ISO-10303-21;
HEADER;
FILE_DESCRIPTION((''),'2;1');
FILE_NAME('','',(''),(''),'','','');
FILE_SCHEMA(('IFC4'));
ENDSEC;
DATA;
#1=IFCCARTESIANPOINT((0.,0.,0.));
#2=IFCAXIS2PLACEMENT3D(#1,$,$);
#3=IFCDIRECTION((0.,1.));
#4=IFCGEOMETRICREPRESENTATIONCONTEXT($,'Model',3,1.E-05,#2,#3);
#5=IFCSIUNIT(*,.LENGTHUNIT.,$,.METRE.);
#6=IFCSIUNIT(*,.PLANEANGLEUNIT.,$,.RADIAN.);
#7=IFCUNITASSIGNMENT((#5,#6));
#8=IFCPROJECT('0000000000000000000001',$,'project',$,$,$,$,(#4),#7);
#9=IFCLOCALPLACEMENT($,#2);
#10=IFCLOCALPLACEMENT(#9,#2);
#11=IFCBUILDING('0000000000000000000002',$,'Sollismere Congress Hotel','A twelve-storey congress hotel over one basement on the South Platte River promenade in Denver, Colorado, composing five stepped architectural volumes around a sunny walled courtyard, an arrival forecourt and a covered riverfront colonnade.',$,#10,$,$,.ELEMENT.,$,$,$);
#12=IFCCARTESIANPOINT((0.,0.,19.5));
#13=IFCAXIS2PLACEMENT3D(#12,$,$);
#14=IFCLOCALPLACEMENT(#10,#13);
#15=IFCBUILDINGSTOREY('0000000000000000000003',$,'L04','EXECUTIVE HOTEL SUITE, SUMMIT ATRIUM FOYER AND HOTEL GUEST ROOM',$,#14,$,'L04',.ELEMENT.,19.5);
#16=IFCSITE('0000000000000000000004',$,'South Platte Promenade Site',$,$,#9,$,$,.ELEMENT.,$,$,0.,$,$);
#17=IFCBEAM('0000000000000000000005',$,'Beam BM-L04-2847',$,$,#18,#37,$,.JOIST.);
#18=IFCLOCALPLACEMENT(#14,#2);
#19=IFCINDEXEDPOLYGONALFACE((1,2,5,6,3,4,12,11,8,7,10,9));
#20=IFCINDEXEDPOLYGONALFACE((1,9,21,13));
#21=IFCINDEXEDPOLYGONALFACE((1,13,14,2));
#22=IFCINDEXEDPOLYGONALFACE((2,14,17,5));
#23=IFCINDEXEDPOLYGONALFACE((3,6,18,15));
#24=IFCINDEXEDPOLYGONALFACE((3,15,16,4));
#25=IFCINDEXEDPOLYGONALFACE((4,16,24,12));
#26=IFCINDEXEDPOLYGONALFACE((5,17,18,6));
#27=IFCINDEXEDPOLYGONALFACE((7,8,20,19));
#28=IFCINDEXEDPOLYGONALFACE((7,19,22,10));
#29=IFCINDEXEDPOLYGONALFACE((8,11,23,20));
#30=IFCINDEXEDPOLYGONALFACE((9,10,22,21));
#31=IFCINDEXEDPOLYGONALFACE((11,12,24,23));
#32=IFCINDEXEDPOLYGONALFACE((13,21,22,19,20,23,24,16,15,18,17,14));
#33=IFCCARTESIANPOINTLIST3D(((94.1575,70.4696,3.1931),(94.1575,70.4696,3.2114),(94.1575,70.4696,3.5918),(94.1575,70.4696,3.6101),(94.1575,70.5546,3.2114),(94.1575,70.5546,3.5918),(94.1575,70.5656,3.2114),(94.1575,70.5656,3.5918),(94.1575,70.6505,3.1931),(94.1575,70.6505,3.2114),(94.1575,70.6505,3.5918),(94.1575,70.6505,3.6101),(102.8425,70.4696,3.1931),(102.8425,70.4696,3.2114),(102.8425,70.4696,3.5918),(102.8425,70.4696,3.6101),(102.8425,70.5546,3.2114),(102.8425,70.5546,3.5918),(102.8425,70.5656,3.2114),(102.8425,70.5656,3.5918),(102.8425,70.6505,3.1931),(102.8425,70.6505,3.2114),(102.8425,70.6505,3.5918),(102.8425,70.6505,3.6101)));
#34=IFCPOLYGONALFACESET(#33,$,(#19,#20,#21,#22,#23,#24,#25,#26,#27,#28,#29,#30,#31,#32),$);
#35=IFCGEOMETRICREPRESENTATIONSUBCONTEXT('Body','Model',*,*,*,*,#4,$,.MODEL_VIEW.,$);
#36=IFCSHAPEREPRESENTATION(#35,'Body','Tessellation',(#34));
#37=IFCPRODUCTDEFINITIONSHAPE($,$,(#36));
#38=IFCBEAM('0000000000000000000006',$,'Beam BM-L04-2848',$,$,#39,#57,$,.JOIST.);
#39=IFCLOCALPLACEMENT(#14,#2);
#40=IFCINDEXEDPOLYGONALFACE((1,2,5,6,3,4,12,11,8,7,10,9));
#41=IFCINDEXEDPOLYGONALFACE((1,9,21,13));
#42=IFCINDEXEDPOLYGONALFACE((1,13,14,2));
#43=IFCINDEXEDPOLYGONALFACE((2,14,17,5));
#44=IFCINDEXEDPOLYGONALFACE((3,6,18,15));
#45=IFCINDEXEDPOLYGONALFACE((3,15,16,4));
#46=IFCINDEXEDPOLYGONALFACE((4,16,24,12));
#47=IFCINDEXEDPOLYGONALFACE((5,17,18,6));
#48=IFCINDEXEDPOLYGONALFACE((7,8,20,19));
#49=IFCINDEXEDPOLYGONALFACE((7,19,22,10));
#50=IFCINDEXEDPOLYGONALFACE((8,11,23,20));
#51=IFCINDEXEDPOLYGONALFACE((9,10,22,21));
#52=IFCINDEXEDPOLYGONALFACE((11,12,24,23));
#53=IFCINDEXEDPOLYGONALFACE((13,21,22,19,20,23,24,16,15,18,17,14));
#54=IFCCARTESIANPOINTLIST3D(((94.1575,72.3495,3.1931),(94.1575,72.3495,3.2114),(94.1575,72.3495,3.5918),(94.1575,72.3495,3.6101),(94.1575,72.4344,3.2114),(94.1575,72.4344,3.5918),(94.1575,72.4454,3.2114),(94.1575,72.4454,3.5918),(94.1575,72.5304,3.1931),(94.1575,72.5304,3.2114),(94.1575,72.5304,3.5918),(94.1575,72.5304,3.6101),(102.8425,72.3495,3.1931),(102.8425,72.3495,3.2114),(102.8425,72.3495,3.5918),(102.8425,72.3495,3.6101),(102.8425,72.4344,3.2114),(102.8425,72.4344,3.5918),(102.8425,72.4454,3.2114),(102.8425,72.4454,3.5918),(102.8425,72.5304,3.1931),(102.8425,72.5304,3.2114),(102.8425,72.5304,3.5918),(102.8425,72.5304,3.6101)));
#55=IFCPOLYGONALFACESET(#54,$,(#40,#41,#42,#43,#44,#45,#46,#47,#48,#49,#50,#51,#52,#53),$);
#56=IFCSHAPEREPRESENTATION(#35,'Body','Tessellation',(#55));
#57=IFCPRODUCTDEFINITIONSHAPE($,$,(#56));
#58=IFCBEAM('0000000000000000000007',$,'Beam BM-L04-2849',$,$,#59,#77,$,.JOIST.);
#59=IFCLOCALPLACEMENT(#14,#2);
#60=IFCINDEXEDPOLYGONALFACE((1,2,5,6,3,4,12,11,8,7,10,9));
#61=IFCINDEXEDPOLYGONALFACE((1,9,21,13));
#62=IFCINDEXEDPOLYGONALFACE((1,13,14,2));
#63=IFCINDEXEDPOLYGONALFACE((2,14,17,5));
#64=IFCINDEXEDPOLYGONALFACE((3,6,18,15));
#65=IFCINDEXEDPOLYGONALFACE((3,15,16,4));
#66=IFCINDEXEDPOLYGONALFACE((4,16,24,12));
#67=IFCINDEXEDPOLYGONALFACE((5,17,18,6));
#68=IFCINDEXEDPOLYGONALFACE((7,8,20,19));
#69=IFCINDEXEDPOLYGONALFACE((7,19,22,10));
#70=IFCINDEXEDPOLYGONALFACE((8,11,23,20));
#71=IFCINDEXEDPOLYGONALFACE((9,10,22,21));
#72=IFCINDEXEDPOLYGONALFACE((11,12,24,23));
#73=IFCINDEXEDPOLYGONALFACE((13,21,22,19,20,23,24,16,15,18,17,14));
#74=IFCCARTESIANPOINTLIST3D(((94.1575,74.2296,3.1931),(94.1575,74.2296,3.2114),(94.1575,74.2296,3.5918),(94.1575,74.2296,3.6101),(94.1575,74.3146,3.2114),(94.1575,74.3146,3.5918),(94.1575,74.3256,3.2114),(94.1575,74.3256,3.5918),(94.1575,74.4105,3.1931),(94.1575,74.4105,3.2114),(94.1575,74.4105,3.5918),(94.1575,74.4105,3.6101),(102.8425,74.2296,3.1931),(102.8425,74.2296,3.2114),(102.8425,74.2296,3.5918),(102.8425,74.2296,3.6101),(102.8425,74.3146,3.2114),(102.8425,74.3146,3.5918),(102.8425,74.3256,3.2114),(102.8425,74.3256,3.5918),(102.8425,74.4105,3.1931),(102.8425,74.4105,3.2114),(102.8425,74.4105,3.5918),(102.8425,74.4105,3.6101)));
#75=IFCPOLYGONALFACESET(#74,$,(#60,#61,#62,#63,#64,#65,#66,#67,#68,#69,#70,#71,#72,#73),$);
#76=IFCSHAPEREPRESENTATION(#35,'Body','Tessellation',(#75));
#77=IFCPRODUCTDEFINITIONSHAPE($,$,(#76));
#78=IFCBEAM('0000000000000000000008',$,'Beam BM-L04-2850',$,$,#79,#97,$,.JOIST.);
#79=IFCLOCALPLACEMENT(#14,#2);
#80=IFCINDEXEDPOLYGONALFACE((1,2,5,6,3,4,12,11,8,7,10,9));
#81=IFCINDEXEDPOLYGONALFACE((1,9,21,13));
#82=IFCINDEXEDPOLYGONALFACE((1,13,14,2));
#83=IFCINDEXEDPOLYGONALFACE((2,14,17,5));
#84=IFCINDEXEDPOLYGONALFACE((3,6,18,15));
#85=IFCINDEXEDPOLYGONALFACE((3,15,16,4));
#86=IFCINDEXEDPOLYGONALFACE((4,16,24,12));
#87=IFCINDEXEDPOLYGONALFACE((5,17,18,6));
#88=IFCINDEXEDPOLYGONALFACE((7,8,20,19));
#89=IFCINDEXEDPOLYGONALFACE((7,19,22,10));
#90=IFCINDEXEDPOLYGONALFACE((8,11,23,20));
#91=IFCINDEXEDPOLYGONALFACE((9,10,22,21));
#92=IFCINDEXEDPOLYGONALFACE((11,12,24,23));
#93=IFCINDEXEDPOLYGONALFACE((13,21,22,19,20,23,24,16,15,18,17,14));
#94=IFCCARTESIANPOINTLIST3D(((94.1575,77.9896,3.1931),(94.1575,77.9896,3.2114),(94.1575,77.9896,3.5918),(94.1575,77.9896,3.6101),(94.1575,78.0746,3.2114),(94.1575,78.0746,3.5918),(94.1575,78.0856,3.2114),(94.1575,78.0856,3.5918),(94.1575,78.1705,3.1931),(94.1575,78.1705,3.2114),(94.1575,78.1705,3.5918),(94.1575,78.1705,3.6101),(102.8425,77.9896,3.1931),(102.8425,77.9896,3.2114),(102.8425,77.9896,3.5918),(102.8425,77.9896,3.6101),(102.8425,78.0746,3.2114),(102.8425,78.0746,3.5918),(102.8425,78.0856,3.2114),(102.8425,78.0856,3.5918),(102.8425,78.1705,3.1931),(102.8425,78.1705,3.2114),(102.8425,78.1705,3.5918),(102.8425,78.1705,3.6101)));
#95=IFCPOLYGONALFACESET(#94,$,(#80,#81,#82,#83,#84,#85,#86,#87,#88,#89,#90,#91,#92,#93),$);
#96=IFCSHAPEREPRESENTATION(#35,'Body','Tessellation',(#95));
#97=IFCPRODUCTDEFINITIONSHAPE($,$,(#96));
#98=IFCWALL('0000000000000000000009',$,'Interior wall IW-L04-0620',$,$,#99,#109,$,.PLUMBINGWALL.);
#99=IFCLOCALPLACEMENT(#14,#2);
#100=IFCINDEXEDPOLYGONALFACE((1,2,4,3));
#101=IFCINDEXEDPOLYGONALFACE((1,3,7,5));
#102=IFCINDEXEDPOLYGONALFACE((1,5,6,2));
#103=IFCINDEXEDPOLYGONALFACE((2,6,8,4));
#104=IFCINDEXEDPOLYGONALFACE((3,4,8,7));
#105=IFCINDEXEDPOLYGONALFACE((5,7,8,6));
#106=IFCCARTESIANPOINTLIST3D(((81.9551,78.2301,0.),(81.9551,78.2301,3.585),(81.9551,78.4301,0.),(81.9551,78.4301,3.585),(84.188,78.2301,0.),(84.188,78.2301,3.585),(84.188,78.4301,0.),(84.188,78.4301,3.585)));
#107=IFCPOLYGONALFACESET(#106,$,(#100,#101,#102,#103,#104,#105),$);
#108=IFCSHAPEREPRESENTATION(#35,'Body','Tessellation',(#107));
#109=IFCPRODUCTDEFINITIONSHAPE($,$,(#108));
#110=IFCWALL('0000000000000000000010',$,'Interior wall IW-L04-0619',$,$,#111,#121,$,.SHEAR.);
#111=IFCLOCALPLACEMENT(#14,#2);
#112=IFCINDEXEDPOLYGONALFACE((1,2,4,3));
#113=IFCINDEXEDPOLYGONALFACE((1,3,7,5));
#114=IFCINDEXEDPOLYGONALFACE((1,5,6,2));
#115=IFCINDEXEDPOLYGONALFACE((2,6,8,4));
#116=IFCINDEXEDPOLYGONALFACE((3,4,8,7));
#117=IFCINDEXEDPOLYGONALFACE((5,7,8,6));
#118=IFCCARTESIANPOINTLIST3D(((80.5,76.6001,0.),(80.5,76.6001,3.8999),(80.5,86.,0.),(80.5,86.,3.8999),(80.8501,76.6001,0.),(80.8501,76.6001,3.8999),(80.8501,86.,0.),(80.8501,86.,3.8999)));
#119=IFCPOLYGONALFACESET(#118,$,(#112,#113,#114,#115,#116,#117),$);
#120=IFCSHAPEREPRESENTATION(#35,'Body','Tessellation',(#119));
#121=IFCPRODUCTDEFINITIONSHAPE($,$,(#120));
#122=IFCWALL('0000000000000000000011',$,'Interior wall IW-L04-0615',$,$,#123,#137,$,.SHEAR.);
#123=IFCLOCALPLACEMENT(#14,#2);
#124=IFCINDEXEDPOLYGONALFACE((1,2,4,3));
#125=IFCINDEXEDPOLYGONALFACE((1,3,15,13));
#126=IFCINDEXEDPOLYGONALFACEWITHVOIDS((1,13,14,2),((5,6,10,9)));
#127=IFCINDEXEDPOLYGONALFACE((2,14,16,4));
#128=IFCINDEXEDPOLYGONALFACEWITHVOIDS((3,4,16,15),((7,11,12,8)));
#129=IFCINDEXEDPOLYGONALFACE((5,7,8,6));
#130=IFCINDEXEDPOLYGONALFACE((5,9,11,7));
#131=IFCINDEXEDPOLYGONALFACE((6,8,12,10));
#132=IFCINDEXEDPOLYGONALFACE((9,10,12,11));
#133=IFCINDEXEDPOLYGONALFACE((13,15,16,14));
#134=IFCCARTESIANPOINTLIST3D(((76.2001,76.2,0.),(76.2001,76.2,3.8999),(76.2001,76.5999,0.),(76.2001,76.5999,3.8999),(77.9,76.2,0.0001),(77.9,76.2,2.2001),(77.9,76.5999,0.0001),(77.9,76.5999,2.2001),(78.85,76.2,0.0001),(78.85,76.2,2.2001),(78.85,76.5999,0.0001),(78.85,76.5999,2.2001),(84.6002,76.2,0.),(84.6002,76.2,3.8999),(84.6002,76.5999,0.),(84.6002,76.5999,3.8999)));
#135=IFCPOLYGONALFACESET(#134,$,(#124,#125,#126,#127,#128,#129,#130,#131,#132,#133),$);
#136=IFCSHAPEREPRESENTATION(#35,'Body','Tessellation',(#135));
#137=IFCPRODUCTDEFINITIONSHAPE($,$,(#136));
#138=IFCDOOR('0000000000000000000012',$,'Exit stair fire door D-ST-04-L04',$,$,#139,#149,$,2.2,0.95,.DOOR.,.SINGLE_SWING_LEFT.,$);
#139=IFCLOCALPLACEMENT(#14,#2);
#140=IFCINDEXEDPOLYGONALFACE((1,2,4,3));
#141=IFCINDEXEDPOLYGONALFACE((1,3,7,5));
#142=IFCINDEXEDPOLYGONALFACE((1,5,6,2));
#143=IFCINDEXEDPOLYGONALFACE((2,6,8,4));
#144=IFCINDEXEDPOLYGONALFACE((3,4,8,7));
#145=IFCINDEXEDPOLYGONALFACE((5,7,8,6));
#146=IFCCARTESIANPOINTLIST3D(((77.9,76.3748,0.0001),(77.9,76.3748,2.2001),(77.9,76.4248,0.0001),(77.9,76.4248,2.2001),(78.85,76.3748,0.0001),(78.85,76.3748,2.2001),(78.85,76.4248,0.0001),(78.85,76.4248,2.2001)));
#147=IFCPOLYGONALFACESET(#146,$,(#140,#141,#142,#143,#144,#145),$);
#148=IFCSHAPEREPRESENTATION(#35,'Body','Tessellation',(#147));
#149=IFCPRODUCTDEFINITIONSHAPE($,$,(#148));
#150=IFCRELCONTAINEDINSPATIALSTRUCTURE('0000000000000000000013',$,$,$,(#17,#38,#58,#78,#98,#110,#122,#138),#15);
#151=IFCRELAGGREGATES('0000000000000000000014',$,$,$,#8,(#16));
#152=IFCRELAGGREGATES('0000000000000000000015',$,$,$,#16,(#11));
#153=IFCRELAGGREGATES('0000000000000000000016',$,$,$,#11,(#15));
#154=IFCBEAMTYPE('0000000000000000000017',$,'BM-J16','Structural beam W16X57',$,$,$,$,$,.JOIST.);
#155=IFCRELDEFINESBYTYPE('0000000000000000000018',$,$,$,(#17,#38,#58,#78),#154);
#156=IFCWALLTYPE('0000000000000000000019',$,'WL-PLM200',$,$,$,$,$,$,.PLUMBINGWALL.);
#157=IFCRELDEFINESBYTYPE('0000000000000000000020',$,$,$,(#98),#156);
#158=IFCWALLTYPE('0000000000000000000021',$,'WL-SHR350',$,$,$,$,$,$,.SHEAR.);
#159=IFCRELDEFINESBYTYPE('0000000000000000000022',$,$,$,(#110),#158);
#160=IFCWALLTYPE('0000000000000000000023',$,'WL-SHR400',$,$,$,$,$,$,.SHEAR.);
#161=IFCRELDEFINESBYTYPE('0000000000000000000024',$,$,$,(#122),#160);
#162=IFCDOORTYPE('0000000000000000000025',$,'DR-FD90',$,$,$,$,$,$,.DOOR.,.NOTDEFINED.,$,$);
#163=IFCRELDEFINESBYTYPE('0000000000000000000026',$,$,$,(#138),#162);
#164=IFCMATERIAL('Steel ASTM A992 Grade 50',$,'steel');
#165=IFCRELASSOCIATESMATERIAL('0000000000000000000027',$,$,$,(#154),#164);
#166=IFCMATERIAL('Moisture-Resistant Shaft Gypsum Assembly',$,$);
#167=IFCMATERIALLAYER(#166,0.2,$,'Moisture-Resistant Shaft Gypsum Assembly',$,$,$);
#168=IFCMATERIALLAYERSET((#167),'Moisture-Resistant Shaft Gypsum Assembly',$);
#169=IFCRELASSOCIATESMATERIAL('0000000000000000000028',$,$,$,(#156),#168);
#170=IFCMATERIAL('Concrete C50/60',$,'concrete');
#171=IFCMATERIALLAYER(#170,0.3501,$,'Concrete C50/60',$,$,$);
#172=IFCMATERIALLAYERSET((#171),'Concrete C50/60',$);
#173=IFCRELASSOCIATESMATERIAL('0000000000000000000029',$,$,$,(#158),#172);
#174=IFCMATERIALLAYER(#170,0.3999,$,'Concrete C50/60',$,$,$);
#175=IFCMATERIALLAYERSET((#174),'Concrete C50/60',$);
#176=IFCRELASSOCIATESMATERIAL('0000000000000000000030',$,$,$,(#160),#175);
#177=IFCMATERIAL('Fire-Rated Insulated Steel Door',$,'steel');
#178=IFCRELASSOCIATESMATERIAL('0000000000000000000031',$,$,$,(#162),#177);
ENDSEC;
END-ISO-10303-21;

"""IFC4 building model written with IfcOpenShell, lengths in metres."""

from ifc_helpers import new_model, si_unit, direction, frame, frame_2d, origin, origin_2d, place, context, subcontext, project, spatial, rectangle, i_section, extrude, material, layer, layer_set, material_profile, profile_set, type_object, element, fill, save


model = new_model("IFC4")

# Units and contexts
model_context = context("Model", 3, precision=1e-05, world=origin(), true_north=direction((0.0, 1.0)))
body_context = subcontext(model_context, "Body", "Model", "MODEL_VIEW")
ifc_project = project(units=[si_unit("LENGTHUNIT", "METRE"), si_unit("PLANEANGLEUNIT", "RADIAN")], contexts=[model_context])

# Site, building, storey
site_placement = place(None, origin())
site = spatial("IfcSite", under=ifc_project, at=site_placement, Name="South Platte Promenade Site", CompositionType="ELEMENT", RefElevation=0.0)
building_placement = place(site_placement, origin())
building = spatial("IfcBuilding", under=site, at=building_placement, Name="Sollismere Congress Hotel", Description="A twelve-storey congress hotel over one basement on the South Platte River promenade in Denver, Colorado, composing five stepped architectural volumes around a sunny walled courtyard, an arrival forecourt and a covered riverfront colonnade.", CompositionType="ELEMENT")
storey_placement = place(building_placement, frame((0.0, 0.0, 19.5)))
storey = spatial("IfcBuildingStorey", under=building, at=storey_placement, Name="L04", Description="EXECUTIVE HOTEL SUITE, SUMMIT ATRIUM FOYER AND HOTEL GUEST ROOM", LongName="L04", CompositionType="ELEMENT", Elevation=19.5)

# Shared definitions
ifc_material_1 = material(Name="Steel ASTM A992 Grade 50", Category="steel")

# Beams
ifc_material_profile_1 = material_profile(ifc_material_1, i_section(OverallWidth=0.1809, OverallDepth=0.417, WebThickness=0.011, FlangeThickness=0.0183, at=origin_2d()), Name="W16X57")
ifc_profile_set_1 = profile_set([ifc_material_profile_1], Name="Steel ASTM A992 Grade 50")
beam_type_1 = type_object("IfcBeamType", Name="BM-J16", Description="Structural beam W16X57", PredefinedType="JOIST", material=ifc_profile_set_1)
for number, where, z_axis, x_axis, name in (
    (1, (94.1575, 70.5601, 3.4016), (1.0, 0.0, 0.0), (0.0, 1.0, 0.0), "Beam BM-L04-2847"),
    (2, (94.1575, 72.4399, 3.4016), (1.0, 0.0, 0.0), (0.0, 1.0, 0.0), "Beam BM-L04-2848"),
    (3, (94.1575, 74.3201, 3.4016), (1.0, 0.0, 0.0), (0.0, 1.0, 0.0), "Beam BM-L04-2849"),
    (4, (94.1575, 78.0801, 3.4016), (1.0, 0.0, 0.0), (0.0, 1.0, 0.0), "Beam BM-L04-2850"),
):
    element("IfcBeam", number, at=place(storey_placement, frame(where, z_axis=z_axis, x_axis=x_axis)), inside=storey, type_object=beam_type_1, Name=name, PredefinedType="JOIST", context=body_context, shape_type="SweptSolid", body=[
        extrude(i_section(OverallWidth=0.1809, OverallDepth=0.417, WebThickness=0.011, FlangeThickness=0.0183, at=origin_2d()), origin(), (0.0, 0.0, 1.0), 8.6851),
    ])

# Walls
ifc_material_2 = material(Name="Moisture-Resistant Shaft Gypsum Assembly")
ifc_layer_1 = layer(ifc_material_2, 0.2, Name="Moisture-Resistant Shaft Gypsum Assembly")
ifc_layer_set_1 = layer_set([ifc_layer_1], Name="Moisture-Resistant Shaft Gypsum Assembly")
wall_type_1 = type_object("IfcWallType", Name="WL-PLM200", PredefinedType="PLUMBINGWALL", material=ifc_layer_set_1)
wall_1_placement = place(storey_placement, frame((81.9551, 78.3301, 0.0), z_axis=(0.0, 0.0, 1.0), x_axis=(1.0, 0.0, 0.0)))
element("IfcWall", 5, at=wall_1_placement, inside=storey, type_object=wall_type_1, Name="Interior wall IW-L04-0620", PredefinedType="PLUMBINGWALL", context=body_context, shape_type="SweptSolid", body=[
    extrude(rectangle(XDim=2.2329, YDim=0.2, at=frame_2d((1.1165, 0.0))), origin(), (0.0, 0.0, 1.0), 3.585),
])
ifc_material_3 = material(Name="Concrete C50/60", Category="concrete")
ifc_layer_2 = layer(ifc_material_3, 0.3501, Name="Concrete C50/60")
ifc_layer_set_2 = layer_set([ifc_layer_2], Name="Concrete C50/60")
wall_type_2 = type_object("IfcWallType", Name="WL-SHR350", PredefinedType="SHEAR", material=ifc_layer_set_2)
wall_2_placement = place(storey_placement, frame((80.675, 76.6001, 0.0), z_axis=(0.0, 0.0, 1.0), x_axis=(0.0, 1.0, 0.0)))
element("IfcWall", 6, at=wall_2_placement, inside=storey, type_object=wall_type_2, Name="Interior wall IW-L04-0619", PredefinedType="SHEAR", context=body_context, shape_type="SweptSolid", body=[
    extrude(rectangle(XDim=9.3999, YDim=0.3501, at=frame_2d((4.7, 0.0))), origin(), (0.0, 0.0, 1.0), 3.8999),
])

# Wall, opening, door
ifc_layer_3 = layer(ifc_material_3, 0.3999, Name="Concrete C50/60")
ifc_layer_set_3 = layer_set([ifc_layer_3], Name="Concrete C50/60")
wall_type_3 = type_object("IfcWallType", Name="WL-SHR400", PredefinedType="SHEAR", material=ifc_layer_set_3)
wall_3_placement = place(storey_placement, frame((76.2, 76.3999, 0.0), z_axis=(0.0, 0.0, 1.0), x_axis=(1.0, 0.0, 0.0)))
wall_3 = element("IfcWall", 7, at=wall_3_placement, inside=storey, type_object=wall_type_3, Name="Interior wall IW-L04-0615", PredefinedType="SHEAR", context=body_context, shape_type="SweptSolid", body=[
    extrude(rectangle(XDim=8.4001, YDim=0.3999, at=frame_2d((4.2002, 0.0))), origin(), (0.0, 0.0, 1.0), 3.8999),
])
opening_1_placement = place(wall_3_placement, frame((1.7, 0.0, 0.0)))
opening_1 = element("IfcOpeningElement", 8, at=opening_1_placement, cuts=wall_3, PredefinedType="OPENING", context=body_context, shape_type="SweptSolid", body=[
    extrude(rectangle(XDim=0.95, YDim=2.2, at=frame_2d((0.4751, 1.1001))), frame((0.0, 0.21, 0.0), z_axis=(0.0, -1.0, 0.0), x_axis=(1.0, 0.0, 0.0)), (0.0, 0.0, 1.0), 0.4199),
])
ifc_material_4 = material(Name="Fire-Rated Insulated Steel Door", Category="steel")
door_type_1 = type_object("IfcDoorType", Name="DR-FD90", OperationType="NOTDEFINED", PredefinedType="DOOR", material=ifc_material_4)
door_1_placement = place(opening_1_placement, origin())
door_1 = element("IfcDoor", 9, at=door_1_placement, inside=storey, type_object=door_type_1, Name="Exit stair fire door D-ST-04-L04", OperationType="SINGLE_SWING_LEFT", OverallHeight=2.2, OverallWidth=0.95, PredefinedType="DOOR", context=body_context, shape_type="SweptSolid", body=[
    extrude(rectangle(XDim=0.95, YDim=2.2, at=frame_2d((0.4751, 1.1001))), frame((0.0, 0.0249, 0.0), z_axis=(0.0, -1.0, 0.0), x_axis=(1.0, 0.0, 0.0)), (0.0, 0.0, 1.0), 0.05),
])
fill(opening_1, door_1)

save(model, "model.ifc")
